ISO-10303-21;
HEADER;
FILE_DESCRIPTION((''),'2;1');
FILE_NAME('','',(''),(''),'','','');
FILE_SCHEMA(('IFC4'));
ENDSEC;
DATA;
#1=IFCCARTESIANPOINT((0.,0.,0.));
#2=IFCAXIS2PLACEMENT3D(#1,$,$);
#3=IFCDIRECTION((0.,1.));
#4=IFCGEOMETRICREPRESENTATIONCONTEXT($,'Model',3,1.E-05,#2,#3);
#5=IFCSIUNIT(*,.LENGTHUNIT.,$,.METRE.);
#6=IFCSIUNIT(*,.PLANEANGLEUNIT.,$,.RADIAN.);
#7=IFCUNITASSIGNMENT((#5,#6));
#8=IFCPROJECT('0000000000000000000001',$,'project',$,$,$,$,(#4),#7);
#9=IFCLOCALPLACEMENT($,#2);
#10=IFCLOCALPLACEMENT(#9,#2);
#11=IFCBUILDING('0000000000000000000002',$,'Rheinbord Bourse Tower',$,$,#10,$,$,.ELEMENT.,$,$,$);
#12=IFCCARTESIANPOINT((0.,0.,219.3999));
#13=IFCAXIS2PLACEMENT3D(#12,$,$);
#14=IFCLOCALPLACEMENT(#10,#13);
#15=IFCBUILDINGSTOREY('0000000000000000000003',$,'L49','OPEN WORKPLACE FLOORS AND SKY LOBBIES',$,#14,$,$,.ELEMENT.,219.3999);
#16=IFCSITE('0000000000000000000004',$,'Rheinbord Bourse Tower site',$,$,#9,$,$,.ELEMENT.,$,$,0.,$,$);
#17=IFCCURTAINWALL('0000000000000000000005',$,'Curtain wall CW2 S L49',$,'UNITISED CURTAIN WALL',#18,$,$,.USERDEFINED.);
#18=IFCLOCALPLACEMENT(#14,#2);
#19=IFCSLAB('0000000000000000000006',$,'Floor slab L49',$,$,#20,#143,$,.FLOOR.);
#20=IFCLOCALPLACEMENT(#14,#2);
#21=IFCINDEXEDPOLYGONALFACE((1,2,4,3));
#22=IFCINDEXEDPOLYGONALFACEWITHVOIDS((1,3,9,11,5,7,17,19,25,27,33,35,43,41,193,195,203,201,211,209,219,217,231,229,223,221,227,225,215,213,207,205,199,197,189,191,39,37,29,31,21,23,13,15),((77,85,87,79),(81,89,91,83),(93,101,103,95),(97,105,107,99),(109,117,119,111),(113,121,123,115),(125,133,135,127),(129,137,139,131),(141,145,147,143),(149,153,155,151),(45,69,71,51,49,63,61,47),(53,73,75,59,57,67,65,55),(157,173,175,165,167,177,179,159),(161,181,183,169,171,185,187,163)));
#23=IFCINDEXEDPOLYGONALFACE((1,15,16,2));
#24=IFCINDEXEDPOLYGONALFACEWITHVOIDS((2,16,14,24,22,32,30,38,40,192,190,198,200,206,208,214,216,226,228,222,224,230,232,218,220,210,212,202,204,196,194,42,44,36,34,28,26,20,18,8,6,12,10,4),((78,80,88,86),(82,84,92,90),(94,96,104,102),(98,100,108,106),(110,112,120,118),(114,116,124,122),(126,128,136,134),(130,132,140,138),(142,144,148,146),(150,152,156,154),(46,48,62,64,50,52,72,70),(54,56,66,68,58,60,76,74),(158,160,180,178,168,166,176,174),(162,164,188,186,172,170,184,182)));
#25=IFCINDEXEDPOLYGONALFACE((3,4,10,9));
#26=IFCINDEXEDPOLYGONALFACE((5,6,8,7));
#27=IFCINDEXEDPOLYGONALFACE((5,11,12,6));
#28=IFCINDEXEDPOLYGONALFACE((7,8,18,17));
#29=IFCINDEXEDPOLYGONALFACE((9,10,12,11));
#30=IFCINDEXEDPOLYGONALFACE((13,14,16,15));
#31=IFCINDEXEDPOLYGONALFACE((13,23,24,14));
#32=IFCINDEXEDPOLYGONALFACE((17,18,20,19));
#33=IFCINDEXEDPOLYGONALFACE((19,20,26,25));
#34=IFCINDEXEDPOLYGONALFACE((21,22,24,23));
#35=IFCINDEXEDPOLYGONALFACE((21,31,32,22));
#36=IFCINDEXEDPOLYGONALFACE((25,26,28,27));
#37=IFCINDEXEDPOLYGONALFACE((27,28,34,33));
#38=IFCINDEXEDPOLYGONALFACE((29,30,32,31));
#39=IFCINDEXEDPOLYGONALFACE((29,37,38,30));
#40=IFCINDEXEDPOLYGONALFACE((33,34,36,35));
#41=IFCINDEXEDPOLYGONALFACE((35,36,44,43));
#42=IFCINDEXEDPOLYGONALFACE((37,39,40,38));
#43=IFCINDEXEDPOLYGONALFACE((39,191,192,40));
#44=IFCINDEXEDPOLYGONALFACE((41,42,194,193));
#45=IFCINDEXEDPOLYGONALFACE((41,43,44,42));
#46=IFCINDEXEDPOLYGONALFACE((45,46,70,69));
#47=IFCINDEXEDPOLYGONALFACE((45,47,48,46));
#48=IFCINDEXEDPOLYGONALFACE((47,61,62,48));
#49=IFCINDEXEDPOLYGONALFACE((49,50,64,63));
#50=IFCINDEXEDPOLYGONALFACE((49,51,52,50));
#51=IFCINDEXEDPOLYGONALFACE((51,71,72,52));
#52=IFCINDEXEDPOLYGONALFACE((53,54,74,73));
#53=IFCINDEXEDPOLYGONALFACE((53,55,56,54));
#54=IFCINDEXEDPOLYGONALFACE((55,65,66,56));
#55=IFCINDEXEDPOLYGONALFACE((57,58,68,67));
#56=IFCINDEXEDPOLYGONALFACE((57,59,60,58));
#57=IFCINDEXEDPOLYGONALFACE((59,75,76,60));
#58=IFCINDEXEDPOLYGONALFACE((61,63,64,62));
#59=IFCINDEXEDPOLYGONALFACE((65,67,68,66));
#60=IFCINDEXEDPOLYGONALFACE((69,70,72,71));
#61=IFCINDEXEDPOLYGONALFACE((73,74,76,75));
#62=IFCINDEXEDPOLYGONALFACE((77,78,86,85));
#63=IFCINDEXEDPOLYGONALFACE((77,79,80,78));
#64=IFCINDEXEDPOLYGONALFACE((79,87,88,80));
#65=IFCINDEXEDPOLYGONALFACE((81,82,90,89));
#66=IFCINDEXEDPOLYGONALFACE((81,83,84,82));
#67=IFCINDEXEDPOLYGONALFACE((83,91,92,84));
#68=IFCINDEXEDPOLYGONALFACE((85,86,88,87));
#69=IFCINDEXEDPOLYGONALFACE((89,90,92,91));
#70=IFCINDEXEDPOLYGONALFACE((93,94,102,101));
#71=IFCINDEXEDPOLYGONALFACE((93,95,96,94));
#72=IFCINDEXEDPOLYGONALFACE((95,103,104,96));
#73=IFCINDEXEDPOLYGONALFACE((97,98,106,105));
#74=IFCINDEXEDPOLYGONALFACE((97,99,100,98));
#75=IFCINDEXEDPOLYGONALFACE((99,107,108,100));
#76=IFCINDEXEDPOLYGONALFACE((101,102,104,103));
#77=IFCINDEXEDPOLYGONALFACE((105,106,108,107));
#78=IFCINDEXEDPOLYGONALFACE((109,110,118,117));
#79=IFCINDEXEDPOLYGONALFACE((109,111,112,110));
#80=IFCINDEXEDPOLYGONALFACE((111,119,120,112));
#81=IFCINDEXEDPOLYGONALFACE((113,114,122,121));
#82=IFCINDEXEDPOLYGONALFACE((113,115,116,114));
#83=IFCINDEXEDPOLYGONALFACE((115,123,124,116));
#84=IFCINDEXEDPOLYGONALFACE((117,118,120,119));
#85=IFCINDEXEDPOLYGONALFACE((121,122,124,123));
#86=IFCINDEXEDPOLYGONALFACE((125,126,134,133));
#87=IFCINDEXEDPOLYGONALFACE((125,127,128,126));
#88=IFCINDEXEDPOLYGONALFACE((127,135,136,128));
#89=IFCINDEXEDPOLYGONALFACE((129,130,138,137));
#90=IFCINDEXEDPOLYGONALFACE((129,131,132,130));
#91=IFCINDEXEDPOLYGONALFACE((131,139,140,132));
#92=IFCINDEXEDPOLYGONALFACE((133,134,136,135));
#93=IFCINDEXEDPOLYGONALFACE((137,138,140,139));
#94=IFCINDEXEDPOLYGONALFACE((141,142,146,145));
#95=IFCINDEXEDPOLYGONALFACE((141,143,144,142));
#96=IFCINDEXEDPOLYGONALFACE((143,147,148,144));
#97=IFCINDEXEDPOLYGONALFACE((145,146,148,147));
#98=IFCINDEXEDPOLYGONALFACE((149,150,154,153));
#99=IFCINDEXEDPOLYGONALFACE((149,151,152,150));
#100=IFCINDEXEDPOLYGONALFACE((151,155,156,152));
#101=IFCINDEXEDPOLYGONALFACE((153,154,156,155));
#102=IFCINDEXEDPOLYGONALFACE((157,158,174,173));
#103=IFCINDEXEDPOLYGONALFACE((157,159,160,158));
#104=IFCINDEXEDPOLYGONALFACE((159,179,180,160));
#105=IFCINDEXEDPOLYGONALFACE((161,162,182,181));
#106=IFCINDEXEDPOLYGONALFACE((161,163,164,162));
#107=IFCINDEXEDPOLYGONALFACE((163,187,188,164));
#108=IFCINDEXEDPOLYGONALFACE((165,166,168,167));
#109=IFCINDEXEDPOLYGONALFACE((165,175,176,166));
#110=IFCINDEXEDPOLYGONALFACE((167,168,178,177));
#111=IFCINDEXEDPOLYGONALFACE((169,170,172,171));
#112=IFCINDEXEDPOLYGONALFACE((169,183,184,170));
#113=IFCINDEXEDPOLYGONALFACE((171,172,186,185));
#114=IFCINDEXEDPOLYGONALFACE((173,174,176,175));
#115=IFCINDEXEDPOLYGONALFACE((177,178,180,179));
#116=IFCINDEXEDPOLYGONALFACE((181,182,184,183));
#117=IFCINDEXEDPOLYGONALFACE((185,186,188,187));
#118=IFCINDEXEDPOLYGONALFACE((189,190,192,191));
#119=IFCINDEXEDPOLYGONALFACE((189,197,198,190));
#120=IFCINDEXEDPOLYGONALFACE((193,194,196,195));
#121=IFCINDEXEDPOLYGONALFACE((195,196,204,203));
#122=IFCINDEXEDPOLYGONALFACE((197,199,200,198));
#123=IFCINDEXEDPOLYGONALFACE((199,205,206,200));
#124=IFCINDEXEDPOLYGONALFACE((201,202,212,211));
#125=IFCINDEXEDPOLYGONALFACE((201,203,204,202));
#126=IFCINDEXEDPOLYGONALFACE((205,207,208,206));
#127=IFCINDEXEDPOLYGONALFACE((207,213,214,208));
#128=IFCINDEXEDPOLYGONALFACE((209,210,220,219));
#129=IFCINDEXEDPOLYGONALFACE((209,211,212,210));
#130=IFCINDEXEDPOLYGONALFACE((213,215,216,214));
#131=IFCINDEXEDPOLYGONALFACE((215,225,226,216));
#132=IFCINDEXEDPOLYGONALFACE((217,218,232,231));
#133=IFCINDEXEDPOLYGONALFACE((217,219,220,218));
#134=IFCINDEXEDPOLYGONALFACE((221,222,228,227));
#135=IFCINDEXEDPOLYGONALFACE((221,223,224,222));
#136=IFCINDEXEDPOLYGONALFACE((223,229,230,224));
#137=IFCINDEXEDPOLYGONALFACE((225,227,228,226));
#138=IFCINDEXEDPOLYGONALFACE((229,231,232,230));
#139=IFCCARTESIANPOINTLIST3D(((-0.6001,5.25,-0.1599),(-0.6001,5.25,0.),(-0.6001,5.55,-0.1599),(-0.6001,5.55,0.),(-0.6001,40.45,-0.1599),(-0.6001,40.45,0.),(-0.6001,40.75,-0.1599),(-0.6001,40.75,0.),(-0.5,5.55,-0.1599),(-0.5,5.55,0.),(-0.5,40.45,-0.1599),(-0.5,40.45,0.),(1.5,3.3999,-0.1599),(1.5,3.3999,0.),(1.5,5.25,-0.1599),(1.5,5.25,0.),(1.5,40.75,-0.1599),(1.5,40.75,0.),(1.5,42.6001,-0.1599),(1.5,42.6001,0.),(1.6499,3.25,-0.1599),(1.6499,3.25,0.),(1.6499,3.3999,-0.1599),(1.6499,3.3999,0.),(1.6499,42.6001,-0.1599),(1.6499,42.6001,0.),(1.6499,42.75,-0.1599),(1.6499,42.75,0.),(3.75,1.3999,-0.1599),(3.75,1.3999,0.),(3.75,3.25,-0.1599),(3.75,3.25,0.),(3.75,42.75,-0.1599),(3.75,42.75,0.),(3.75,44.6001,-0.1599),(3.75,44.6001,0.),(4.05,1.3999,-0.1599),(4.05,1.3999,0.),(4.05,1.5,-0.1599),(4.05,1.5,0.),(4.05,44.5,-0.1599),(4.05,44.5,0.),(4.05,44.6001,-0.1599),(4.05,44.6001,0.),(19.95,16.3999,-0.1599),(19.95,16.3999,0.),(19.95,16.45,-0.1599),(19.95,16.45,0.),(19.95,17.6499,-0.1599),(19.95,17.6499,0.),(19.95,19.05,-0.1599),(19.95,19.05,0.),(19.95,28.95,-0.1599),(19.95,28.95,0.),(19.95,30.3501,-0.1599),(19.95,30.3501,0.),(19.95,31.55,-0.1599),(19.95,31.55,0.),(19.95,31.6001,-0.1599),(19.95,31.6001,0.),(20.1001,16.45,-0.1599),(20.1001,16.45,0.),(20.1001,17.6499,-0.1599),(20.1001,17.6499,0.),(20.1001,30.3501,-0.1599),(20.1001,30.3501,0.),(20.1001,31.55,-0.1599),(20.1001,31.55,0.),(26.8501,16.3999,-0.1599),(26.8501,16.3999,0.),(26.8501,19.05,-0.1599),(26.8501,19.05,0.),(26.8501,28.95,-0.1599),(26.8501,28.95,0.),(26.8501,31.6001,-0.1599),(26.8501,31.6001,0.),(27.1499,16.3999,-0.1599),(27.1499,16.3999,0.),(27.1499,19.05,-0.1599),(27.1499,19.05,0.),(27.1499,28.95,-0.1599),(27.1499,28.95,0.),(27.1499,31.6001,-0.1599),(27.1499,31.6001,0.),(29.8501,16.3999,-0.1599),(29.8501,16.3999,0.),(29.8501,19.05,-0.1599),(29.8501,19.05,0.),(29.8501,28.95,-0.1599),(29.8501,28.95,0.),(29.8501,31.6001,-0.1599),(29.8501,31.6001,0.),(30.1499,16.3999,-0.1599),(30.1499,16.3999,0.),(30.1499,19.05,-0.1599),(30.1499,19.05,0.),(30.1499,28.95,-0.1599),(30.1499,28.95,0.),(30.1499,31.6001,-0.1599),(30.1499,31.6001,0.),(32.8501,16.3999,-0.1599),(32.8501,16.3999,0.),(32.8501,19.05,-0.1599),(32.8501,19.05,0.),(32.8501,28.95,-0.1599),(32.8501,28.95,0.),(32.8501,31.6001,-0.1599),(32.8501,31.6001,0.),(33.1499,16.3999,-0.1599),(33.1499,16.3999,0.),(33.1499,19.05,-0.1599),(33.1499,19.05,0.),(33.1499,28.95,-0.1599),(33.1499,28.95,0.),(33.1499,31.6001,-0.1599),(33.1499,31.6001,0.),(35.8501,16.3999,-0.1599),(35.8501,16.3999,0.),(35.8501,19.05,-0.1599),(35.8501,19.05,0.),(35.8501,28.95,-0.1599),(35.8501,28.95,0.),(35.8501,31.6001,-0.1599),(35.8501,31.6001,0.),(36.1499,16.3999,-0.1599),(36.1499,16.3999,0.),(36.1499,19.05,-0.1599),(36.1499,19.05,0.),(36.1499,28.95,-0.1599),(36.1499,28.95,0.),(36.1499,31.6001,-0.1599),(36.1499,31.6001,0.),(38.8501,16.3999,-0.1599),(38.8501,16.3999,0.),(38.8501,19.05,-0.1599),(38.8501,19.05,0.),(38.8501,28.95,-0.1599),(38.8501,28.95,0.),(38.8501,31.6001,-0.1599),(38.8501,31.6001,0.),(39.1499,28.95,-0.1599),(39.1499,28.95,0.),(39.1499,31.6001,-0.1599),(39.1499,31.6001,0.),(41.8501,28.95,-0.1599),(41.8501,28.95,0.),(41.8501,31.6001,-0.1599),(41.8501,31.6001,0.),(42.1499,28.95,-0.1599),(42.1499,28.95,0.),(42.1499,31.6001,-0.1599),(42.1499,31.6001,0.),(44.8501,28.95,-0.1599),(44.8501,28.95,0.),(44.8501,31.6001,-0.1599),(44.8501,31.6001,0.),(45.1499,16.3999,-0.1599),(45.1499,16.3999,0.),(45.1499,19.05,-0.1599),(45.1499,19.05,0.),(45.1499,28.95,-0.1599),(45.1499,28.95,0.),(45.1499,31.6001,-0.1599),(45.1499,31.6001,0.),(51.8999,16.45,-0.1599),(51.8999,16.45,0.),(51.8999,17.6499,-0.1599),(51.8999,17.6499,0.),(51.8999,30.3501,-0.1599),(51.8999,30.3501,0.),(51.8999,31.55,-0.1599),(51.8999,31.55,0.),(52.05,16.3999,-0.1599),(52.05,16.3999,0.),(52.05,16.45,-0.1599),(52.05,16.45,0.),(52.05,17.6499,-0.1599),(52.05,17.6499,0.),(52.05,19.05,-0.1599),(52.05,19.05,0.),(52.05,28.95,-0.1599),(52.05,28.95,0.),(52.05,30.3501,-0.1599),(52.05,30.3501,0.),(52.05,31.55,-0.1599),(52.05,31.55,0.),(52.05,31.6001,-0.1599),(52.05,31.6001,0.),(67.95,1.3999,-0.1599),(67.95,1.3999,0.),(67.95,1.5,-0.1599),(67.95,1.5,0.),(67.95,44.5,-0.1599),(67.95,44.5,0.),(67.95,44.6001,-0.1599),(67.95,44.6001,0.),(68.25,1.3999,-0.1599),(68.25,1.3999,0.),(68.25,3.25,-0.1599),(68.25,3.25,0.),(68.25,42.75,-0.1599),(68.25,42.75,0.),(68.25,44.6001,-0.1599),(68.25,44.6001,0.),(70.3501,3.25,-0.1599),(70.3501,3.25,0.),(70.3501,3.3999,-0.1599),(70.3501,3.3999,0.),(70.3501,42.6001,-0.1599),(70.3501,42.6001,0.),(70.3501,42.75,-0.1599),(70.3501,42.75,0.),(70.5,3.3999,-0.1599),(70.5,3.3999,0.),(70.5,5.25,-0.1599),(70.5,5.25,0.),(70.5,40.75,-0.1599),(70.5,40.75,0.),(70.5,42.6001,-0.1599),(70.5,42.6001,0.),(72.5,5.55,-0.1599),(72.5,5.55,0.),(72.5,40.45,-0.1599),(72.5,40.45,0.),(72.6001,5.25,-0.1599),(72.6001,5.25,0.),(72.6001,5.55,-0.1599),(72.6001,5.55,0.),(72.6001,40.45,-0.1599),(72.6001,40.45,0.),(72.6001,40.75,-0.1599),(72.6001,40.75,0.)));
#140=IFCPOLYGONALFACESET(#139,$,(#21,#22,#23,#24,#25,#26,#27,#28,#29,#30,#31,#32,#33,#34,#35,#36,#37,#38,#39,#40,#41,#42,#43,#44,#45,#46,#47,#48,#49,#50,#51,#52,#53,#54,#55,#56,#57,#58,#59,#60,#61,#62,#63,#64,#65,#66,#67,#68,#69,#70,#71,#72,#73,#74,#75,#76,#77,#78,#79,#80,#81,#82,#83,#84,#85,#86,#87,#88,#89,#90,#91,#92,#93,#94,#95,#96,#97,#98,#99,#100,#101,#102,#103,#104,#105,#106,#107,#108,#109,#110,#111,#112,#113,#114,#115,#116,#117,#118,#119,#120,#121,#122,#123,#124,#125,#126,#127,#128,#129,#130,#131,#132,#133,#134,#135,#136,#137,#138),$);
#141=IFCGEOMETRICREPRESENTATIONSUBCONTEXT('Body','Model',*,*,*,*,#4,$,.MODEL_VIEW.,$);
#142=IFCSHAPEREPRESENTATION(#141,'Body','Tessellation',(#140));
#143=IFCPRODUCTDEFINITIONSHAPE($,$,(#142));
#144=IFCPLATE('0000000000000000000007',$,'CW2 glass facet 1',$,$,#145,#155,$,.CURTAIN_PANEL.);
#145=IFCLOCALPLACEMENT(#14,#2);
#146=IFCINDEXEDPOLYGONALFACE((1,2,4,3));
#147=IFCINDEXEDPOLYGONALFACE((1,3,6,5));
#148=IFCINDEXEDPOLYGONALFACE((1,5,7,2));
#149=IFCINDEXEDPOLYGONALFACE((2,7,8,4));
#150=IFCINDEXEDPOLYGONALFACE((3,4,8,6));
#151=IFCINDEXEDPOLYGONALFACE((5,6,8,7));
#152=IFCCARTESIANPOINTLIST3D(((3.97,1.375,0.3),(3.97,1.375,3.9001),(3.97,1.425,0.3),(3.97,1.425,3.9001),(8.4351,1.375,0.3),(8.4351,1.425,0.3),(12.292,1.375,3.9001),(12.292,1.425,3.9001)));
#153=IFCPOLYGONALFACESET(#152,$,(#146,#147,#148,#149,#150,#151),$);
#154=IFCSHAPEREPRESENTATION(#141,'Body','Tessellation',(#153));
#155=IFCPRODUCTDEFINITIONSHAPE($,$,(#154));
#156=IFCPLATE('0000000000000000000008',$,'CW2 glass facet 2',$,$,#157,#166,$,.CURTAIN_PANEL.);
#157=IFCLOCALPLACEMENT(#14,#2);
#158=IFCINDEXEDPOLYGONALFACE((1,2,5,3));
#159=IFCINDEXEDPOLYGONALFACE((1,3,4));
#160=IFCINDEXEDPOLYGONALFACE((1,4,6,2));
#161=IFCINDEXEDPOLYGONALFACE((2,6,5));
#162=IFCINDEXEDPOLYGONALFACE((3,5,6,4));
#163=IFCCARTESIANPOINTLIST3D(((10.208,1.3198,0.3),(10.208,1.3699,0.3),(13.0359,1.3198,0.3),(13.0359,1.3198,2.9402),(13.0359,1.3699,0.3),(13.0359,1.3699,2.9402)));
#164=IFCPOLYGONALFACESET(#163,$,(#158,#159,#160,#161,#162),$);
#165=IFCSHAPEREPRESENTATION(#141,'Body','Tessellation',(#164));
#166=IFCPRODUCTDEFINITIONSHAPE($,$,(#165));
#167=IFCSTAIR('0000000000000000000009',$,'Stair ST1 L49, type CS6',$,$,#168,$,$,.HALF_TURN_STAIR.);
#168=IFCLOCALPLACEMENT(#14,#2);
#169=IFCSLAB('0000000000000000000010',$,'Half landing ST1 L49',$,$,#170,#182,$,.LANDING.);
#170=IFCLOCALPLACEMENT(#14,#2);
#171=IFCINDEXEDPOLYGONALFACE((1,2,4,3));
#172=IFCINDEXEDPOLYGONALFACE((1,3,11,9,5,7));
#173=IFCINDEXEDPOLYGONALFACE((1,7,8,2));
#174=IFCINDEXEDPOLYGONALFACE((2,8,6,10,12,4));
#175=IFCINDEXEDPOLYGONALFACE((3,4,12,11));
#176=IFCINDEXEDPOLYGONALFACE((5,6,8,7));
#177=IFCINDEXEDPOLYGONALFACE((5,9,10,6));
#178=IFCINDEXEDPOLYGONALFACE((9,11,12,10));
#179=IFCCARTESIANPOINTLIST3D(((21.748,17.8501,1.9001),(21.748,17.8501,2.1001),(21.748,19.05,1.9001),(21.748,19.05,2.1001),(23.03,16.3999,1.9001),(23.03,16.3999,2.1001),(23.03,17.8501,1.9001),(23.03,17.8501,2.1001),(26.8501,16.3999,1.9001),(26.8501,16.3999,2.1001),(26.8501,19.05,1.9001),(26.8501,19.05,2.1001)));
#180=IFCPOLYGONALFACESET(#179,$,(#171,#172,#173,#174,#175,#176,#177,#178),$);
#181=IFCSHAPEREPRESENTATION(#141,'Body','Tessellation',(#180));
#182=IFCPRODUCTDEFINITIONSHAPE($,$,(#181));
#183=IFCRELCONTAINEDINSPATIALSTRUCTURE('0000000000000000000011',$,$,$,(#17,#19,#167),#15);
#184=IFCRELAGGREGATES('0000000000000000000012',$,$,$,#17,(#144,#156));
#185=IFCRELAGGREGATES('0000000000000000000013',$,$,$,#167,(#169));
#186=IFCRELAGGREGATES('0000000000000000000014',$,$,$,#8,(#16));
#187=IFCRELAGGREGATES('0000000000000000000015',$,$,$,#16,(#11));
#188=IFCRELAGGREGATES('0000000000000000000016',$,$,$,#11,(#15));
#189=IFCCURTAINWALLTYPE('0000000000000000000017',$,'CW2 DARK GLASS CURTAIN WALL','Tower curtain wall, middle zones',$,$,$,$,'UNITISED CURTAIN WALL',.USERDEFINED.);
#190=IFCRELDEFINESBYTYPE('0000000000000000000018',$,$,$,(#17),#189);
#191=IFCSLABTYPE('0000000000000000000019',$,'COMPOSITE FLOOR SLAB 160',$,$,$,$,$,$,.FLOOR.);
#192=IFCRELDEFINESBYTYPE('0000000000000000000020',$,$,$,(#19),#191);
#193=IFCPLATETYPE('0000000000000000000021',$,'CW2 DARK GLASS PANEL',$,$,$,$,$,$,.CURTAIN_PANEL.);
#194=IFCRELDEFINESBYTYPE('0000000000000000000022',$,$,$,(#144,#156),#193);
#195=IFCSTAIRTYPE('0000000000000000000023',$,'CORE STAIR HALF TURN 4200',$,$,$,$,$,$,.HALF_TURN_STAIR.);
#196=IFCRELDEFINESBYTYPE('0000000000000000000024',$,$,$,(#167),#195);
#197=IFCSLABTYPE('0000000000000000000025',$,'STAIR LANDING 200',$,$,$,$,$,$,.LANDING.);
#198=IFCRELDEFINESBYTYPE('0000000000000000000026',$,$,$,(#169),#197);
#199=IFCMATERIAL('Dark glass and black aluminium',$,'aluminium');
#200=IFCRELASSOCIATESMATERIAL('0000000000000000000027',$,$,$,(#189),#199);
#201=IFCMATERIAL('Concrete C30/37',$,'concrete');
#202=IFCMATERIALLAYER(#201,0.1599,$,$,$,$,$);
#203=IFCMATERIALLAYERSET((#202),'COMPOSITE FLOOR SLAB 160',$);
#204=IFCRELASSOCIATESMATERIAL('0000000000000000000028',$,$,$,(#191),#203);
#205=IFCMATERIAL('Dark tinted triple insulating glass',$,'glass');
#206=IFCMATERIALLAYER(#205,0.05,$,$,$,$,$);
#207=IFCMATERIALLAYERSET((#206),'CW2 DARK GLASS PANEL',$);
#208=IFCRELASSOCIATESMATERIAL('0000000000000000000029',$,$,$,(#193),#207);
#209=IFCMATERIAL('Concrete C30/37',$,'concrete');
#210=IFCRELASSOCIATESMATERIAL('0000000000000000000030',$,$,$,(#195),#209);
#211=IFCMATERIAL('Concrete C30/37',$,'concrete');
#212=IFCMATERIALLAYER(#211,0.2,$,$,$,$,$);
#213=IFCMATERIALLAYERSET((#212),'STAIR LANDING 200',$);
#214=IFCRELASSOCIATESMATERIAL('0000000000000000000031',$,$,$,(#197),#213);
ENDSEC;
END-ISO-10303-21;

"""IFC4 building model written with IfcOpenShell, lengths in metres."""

from ifc_helpers import new_model, si_unit, direction, frame, origin, place, context, subcontext, project, spatial, polyline, outline, extrude, material, layer, layer_set, type_object, element, aggregate, save


model = new_model("IFC4")

# Units and contexts
model_context = context("Model", 3, precision=1e-05, world=origin(), true_north=direction((0.0, 1.0)))
body_context = subcontext(model_context, "Body", "Model", "MODEL_VIEW")
ifc_project = project(units=[si_unit("LENGTHUNIT", "METRE"), si_unit("PLANEANGLEUNIT", "RADIAN")], contexts=[model_context])

# Site, building, storey
site_placement = place(None, origin())
site = spatial("IfcSite", under=ifc_project, at=site_placement, Name="Rheinbord Bourse Tower site", CompositionType="ELEMENT", RefElevation=0.0)
building_placement = place(site_placement, origin())
building = spatial("IfcBuilding", under=site, at=building_placement, Name="Rheinbord Bourse Tower", CompositionType="ELEMENT")
storey_placement = place(building_placement, frame((0.0, 0.0, 219.3999)))
storey = spatial("IfcBuildingStorey", under=building, at=storey_placement, Name="L49", Description="OPEN WORKPLACE FLOORS AND SKY LOBBIES", CompositionType="ELEMENT", Elevation=219.3999)

# Curtain wall
ifc_material_1 = material(Name="Dark glass and black aluminium", Category="aluminium")
curtain_wall_type = type_object("IfcCurtainWallType", Name="CW2 DARK GLASS CURTAIN WALL", Description="Tower curtain wall, middle zones", ElementType="UNITISED CURTAIN WALL", PredefinedType="USERDEFINED", material=ifc_material_1)
curtain_wall_placement = place(storey_placement, origin())
curtain_wall = element("IfcCurtainWall", 1, at=curtain_wall_placement, inside=storey, type_object=curtain_wall_type, Name="Curtain wall CW2 S L49", ObjectType="UNITISED CURTAIN WALL", PredefinedType="USERDEFINED")

# Slab
ifc_material_2 = material(Name="Concrete C30/37", Category="concrete")
ifc_layer_1 = layer(ifc_material_2, 0.1599)
ifc_layer_set_1 = layer_set([ifc_layer_1], Name="COMPOSITE FLOOR SLAB 160")
slab_type_1 = type_object("IfcSlabType", Name="COMPOSITE FLOOR SLAB 160", PredefinedType="FLOOR", material=ifc_layer_set_1)
slab_1_placement = place(storey_placement, frame((0.0, 0.0, -0.1599)))
element("IfcSlab", 2, at=slab_1_placement, inside=storey, type_object=slab_type_1, Name="Floor slab L49", PredefinedType="FLOOR", context=body_context, shape_type="SweptSolid", body=[
    extrude(outline(polyline([(1.6499, 3.3999), (1.5, 3.3999), (1.5, 5.25), (-0.6001, 5.25), (-0.6001, 5.55), (-0.5, 5.55), (-0.5, 40.45), (-0.6001, 40.45), (-0.6001, 40.75), (1.5, 40.75), (1.5, 42.6001), (1.6499, 42.6001), (1.6499, 42.75), (3.75, 42.75), (3.75, 44.6001), (4.05, 44.6001), (4.05, 44.5), (67.95, 44.5), (67.95, 44.6001), (68.25, 44.6001), (68.25, 42.75), (70.3501, 42.75), (70.3501, 42.6001), (70.5, 42.6001), (70.5, 40.75), (72.6001, 40.75), (72.6001, 40.45), (72.5, 40.45), (72.5, 5.55), (72.6001, 5.55), (72.6001, 5.25), (70.5, 5.25), (70.5, 3.3999), (70.3501, 3.3999), (70.3501, 3.25), (68.25, 3.25), (68.25, 1.3999), (67.95, 1.3999), (67.95, 1.5), (4.05, 1.5), (4.05, 1.3999), (3.75, 1.3999), (3.75, 3.25), (1.6499, 3.25), (1.6499, 3.3999)]), holes=[polyline([(19.95, 19.05), (26.8501, 19.05), (26.8501, 16.3999), (19.95, 16.3999), (19.95, 16.45), (20.1001, 16.45), (20.1001, 17.6499), (19.95, 17.6499), (19.95, 19.05)]), polyline([(19.95, 31.6001), (26.8501, 31.6001), (26.8501, 28.95), (19.95, 28.95), (19.95, 30.3501), (20.1001, 30.3501), (20.1001, 31.55), (19.95, 31.55), (19.95, 31.6001)]), polyline([(52.05, 16.3999), (45.1499, 16.3999), (45.1499, 19.05), (52.05, 19.05), (52.05, 17.6499), (51.8999, 17.6499), (51.8999, 16.45), (52.05, 16.45), (52.05, 16.3999)]), polyline([(52.05, 28.95), (45.1499, 28.95), (45.1499, 31.6001), (52.05, 31.6001), (52.05, 31.55), (51.8999, 31.55), (51.8999, 30.3501), (52.05, 30.3501), (52.05, 28.95)]), polyline([(27.1499, 16.3999), (27.1499, 19.05), (29.8501, 19.05), (29.8501, 16.3999), (27.1499, 16.3999)]), polyline([(27.1499, 28.95), (27.1499, 31.6001), (29.8501, 31.6001), (29.8501, 28.95), (27.1499, 28.95)]), polyline([(30.1499, 16.3999), (30.1499, 19.05), (32.8501, 19.05), (32.8501, 16.3999), (30.1499, 16.3999)]), polyline([(30.1499, 28.95), (30.1499, 31.6001), (32.8501, 31.6001), (32.8501, 28.95), (30.1499, 28.95)]), polyline([(33.1499, 16.3999), (33.1499, 19.05), (35.8501, 19.05), (35.8501, 16.3999), (33.1499, 16.3999)]), polyline([(33.1499, 28.95), (33.1499, 31.6001), (35.8501, 31.6001), (35.8501, 28.95), (33.1499, 28.95)]), polyline([(36.1499, 16.3999), (36.1499, 19.05), (38.8501, 19.05), (38.8501, 16.3999), (36.1499, 16.3999)]), polyline([(36.1499, 28.95), (36.1499, 31.6001), (38.8501, 31.6001), (38.8501, 28.95), (36.1499, 28.95)]), polyline([(39.1499, 28.95), (39.1499, 31.6001), (41.8501, 31.6001), (41.8501, 28.95), (39.1499, 28.95)]), polyline([(42.1499, 28.95), (42.1499, 31.6001), (44.8501, 31.6001), (44.8501, 28.95), (42.1499, 28.95)])]), origin(), (0.0, 0.0, 1.0), 0.1599),
])

# Plates
ifc_material_3 = material(Name="Dark tinted triple insulating glass", Category="glass")
ifc_layer_2 = layer(ifc_material_3, 0.05)
ifc_layer_set_2 = layer_set([ifc_layer_2], Name="CW2 DARK GLASS PANEL")
plate_type = type_object("IfcPlateType", Name="CW2 DARK GLASS PANEL", PredefinedType="CURTAIN_PANEL", material=ifc_layer_set_2)
plate_1_placement = place(storey_placement, frame((3.97, 1.375, 0.3), z_axis=(0.0, 1.0, 0.0), x_axis=(0.0, 0.0, 1.0)))
plate_1 = element("IfcPlate", 3, at=plate_1_placement, type_object=plate_type, Name="CW2 glass facet 1", PredefinedType="CURTAIN_PANEL", context=body_context, shape_type="SweptSolid", body=[
    extrude(outline(polyline([(0.0, 0.0), (3.6001, 0.0), (3.6001, 8.322), (0.0, 4.4651), (0.0, 0.0)])), origin(), (0.0, 0.0, 1.0), 0.05),
])
plate_2_placement = place(storey_placement, frame((13.0359, 1.3198, 0.3), z_axis=(0.0, 1.0, 0.0), x_axis=(-1.0, 0.0, 0.0)))
plate_2 = element("IfcPlate", 4, at=plate_2_placement, type_object=plate_type, Name="CW2 glass facet 2", PredefinedType="CURTAIN_PANEL", context=body_context, shape_type="SweptSolid", body=[
    extrude(outline(polyline([(0.0, 0.0), (2.8279, 0.0), (0.0, 2.6401), (0.0, 0.0)])), origin(), (0.0, 0.0, 1.0), 0.05),
])
aggregate(curtain_wall, [plate_1, plate_2])

# Stair, slab
ifc_material_4 = material(Name="Concrete C30/37", Category="concrete")
stair_type = type_object("IfcStairType", Name="CORE STAIR HALF TURN 4200", PredefinedType="HALF_TURN_STAIR", material=ifc_material_4)
stair_1_placement = place(storey_placement, origin())
stair_1 = element("IfcStair", 5, at=stair_1_placement, inside=storey, type_object=stair_type, Name="Stair ST1 L49, type CS6", PredefinedType="HALF_TURN_STAIR")
ifc_material_5 = material(Name="Concrete C30/37", Category="concrete")
ifc_layer_3 = layer(ifc_material_5, 0.2)
ifc_layer_set_3 = layer_set([ifc_layer_3], Name="STAIR LANDING 200")
slab_type_2 = type_object("IfcSlabType", Name="STAIR LANDING 200", PredefinedType="LANDING", material=ifc_layer_set_3)
slab_2_placement = place(storey_placement, frame((0.0, 0.0, 1.9001)))
slab_2 = element("IfcSlab", 6, at=slab_2_placement, type_object=slab_type_2, Name="Half landing ST1 L49", PredefinedType="LANDING", context=body_context, shape_type="SweptSolid", body=[
    extrude(outline(polyline([(23.03, 16.3999), (26.8501, 16.3999), (26.8501, 19.05), (21.748, 19.05), (21.748, 17.8501), (23.03, 17.8501), (23.03, 16.3999)])), origin(), (0.0, 0.0, 1.0), 0.2),
])
aggregate(stair_1, [slab_2])

save(model, "model.ifc")
